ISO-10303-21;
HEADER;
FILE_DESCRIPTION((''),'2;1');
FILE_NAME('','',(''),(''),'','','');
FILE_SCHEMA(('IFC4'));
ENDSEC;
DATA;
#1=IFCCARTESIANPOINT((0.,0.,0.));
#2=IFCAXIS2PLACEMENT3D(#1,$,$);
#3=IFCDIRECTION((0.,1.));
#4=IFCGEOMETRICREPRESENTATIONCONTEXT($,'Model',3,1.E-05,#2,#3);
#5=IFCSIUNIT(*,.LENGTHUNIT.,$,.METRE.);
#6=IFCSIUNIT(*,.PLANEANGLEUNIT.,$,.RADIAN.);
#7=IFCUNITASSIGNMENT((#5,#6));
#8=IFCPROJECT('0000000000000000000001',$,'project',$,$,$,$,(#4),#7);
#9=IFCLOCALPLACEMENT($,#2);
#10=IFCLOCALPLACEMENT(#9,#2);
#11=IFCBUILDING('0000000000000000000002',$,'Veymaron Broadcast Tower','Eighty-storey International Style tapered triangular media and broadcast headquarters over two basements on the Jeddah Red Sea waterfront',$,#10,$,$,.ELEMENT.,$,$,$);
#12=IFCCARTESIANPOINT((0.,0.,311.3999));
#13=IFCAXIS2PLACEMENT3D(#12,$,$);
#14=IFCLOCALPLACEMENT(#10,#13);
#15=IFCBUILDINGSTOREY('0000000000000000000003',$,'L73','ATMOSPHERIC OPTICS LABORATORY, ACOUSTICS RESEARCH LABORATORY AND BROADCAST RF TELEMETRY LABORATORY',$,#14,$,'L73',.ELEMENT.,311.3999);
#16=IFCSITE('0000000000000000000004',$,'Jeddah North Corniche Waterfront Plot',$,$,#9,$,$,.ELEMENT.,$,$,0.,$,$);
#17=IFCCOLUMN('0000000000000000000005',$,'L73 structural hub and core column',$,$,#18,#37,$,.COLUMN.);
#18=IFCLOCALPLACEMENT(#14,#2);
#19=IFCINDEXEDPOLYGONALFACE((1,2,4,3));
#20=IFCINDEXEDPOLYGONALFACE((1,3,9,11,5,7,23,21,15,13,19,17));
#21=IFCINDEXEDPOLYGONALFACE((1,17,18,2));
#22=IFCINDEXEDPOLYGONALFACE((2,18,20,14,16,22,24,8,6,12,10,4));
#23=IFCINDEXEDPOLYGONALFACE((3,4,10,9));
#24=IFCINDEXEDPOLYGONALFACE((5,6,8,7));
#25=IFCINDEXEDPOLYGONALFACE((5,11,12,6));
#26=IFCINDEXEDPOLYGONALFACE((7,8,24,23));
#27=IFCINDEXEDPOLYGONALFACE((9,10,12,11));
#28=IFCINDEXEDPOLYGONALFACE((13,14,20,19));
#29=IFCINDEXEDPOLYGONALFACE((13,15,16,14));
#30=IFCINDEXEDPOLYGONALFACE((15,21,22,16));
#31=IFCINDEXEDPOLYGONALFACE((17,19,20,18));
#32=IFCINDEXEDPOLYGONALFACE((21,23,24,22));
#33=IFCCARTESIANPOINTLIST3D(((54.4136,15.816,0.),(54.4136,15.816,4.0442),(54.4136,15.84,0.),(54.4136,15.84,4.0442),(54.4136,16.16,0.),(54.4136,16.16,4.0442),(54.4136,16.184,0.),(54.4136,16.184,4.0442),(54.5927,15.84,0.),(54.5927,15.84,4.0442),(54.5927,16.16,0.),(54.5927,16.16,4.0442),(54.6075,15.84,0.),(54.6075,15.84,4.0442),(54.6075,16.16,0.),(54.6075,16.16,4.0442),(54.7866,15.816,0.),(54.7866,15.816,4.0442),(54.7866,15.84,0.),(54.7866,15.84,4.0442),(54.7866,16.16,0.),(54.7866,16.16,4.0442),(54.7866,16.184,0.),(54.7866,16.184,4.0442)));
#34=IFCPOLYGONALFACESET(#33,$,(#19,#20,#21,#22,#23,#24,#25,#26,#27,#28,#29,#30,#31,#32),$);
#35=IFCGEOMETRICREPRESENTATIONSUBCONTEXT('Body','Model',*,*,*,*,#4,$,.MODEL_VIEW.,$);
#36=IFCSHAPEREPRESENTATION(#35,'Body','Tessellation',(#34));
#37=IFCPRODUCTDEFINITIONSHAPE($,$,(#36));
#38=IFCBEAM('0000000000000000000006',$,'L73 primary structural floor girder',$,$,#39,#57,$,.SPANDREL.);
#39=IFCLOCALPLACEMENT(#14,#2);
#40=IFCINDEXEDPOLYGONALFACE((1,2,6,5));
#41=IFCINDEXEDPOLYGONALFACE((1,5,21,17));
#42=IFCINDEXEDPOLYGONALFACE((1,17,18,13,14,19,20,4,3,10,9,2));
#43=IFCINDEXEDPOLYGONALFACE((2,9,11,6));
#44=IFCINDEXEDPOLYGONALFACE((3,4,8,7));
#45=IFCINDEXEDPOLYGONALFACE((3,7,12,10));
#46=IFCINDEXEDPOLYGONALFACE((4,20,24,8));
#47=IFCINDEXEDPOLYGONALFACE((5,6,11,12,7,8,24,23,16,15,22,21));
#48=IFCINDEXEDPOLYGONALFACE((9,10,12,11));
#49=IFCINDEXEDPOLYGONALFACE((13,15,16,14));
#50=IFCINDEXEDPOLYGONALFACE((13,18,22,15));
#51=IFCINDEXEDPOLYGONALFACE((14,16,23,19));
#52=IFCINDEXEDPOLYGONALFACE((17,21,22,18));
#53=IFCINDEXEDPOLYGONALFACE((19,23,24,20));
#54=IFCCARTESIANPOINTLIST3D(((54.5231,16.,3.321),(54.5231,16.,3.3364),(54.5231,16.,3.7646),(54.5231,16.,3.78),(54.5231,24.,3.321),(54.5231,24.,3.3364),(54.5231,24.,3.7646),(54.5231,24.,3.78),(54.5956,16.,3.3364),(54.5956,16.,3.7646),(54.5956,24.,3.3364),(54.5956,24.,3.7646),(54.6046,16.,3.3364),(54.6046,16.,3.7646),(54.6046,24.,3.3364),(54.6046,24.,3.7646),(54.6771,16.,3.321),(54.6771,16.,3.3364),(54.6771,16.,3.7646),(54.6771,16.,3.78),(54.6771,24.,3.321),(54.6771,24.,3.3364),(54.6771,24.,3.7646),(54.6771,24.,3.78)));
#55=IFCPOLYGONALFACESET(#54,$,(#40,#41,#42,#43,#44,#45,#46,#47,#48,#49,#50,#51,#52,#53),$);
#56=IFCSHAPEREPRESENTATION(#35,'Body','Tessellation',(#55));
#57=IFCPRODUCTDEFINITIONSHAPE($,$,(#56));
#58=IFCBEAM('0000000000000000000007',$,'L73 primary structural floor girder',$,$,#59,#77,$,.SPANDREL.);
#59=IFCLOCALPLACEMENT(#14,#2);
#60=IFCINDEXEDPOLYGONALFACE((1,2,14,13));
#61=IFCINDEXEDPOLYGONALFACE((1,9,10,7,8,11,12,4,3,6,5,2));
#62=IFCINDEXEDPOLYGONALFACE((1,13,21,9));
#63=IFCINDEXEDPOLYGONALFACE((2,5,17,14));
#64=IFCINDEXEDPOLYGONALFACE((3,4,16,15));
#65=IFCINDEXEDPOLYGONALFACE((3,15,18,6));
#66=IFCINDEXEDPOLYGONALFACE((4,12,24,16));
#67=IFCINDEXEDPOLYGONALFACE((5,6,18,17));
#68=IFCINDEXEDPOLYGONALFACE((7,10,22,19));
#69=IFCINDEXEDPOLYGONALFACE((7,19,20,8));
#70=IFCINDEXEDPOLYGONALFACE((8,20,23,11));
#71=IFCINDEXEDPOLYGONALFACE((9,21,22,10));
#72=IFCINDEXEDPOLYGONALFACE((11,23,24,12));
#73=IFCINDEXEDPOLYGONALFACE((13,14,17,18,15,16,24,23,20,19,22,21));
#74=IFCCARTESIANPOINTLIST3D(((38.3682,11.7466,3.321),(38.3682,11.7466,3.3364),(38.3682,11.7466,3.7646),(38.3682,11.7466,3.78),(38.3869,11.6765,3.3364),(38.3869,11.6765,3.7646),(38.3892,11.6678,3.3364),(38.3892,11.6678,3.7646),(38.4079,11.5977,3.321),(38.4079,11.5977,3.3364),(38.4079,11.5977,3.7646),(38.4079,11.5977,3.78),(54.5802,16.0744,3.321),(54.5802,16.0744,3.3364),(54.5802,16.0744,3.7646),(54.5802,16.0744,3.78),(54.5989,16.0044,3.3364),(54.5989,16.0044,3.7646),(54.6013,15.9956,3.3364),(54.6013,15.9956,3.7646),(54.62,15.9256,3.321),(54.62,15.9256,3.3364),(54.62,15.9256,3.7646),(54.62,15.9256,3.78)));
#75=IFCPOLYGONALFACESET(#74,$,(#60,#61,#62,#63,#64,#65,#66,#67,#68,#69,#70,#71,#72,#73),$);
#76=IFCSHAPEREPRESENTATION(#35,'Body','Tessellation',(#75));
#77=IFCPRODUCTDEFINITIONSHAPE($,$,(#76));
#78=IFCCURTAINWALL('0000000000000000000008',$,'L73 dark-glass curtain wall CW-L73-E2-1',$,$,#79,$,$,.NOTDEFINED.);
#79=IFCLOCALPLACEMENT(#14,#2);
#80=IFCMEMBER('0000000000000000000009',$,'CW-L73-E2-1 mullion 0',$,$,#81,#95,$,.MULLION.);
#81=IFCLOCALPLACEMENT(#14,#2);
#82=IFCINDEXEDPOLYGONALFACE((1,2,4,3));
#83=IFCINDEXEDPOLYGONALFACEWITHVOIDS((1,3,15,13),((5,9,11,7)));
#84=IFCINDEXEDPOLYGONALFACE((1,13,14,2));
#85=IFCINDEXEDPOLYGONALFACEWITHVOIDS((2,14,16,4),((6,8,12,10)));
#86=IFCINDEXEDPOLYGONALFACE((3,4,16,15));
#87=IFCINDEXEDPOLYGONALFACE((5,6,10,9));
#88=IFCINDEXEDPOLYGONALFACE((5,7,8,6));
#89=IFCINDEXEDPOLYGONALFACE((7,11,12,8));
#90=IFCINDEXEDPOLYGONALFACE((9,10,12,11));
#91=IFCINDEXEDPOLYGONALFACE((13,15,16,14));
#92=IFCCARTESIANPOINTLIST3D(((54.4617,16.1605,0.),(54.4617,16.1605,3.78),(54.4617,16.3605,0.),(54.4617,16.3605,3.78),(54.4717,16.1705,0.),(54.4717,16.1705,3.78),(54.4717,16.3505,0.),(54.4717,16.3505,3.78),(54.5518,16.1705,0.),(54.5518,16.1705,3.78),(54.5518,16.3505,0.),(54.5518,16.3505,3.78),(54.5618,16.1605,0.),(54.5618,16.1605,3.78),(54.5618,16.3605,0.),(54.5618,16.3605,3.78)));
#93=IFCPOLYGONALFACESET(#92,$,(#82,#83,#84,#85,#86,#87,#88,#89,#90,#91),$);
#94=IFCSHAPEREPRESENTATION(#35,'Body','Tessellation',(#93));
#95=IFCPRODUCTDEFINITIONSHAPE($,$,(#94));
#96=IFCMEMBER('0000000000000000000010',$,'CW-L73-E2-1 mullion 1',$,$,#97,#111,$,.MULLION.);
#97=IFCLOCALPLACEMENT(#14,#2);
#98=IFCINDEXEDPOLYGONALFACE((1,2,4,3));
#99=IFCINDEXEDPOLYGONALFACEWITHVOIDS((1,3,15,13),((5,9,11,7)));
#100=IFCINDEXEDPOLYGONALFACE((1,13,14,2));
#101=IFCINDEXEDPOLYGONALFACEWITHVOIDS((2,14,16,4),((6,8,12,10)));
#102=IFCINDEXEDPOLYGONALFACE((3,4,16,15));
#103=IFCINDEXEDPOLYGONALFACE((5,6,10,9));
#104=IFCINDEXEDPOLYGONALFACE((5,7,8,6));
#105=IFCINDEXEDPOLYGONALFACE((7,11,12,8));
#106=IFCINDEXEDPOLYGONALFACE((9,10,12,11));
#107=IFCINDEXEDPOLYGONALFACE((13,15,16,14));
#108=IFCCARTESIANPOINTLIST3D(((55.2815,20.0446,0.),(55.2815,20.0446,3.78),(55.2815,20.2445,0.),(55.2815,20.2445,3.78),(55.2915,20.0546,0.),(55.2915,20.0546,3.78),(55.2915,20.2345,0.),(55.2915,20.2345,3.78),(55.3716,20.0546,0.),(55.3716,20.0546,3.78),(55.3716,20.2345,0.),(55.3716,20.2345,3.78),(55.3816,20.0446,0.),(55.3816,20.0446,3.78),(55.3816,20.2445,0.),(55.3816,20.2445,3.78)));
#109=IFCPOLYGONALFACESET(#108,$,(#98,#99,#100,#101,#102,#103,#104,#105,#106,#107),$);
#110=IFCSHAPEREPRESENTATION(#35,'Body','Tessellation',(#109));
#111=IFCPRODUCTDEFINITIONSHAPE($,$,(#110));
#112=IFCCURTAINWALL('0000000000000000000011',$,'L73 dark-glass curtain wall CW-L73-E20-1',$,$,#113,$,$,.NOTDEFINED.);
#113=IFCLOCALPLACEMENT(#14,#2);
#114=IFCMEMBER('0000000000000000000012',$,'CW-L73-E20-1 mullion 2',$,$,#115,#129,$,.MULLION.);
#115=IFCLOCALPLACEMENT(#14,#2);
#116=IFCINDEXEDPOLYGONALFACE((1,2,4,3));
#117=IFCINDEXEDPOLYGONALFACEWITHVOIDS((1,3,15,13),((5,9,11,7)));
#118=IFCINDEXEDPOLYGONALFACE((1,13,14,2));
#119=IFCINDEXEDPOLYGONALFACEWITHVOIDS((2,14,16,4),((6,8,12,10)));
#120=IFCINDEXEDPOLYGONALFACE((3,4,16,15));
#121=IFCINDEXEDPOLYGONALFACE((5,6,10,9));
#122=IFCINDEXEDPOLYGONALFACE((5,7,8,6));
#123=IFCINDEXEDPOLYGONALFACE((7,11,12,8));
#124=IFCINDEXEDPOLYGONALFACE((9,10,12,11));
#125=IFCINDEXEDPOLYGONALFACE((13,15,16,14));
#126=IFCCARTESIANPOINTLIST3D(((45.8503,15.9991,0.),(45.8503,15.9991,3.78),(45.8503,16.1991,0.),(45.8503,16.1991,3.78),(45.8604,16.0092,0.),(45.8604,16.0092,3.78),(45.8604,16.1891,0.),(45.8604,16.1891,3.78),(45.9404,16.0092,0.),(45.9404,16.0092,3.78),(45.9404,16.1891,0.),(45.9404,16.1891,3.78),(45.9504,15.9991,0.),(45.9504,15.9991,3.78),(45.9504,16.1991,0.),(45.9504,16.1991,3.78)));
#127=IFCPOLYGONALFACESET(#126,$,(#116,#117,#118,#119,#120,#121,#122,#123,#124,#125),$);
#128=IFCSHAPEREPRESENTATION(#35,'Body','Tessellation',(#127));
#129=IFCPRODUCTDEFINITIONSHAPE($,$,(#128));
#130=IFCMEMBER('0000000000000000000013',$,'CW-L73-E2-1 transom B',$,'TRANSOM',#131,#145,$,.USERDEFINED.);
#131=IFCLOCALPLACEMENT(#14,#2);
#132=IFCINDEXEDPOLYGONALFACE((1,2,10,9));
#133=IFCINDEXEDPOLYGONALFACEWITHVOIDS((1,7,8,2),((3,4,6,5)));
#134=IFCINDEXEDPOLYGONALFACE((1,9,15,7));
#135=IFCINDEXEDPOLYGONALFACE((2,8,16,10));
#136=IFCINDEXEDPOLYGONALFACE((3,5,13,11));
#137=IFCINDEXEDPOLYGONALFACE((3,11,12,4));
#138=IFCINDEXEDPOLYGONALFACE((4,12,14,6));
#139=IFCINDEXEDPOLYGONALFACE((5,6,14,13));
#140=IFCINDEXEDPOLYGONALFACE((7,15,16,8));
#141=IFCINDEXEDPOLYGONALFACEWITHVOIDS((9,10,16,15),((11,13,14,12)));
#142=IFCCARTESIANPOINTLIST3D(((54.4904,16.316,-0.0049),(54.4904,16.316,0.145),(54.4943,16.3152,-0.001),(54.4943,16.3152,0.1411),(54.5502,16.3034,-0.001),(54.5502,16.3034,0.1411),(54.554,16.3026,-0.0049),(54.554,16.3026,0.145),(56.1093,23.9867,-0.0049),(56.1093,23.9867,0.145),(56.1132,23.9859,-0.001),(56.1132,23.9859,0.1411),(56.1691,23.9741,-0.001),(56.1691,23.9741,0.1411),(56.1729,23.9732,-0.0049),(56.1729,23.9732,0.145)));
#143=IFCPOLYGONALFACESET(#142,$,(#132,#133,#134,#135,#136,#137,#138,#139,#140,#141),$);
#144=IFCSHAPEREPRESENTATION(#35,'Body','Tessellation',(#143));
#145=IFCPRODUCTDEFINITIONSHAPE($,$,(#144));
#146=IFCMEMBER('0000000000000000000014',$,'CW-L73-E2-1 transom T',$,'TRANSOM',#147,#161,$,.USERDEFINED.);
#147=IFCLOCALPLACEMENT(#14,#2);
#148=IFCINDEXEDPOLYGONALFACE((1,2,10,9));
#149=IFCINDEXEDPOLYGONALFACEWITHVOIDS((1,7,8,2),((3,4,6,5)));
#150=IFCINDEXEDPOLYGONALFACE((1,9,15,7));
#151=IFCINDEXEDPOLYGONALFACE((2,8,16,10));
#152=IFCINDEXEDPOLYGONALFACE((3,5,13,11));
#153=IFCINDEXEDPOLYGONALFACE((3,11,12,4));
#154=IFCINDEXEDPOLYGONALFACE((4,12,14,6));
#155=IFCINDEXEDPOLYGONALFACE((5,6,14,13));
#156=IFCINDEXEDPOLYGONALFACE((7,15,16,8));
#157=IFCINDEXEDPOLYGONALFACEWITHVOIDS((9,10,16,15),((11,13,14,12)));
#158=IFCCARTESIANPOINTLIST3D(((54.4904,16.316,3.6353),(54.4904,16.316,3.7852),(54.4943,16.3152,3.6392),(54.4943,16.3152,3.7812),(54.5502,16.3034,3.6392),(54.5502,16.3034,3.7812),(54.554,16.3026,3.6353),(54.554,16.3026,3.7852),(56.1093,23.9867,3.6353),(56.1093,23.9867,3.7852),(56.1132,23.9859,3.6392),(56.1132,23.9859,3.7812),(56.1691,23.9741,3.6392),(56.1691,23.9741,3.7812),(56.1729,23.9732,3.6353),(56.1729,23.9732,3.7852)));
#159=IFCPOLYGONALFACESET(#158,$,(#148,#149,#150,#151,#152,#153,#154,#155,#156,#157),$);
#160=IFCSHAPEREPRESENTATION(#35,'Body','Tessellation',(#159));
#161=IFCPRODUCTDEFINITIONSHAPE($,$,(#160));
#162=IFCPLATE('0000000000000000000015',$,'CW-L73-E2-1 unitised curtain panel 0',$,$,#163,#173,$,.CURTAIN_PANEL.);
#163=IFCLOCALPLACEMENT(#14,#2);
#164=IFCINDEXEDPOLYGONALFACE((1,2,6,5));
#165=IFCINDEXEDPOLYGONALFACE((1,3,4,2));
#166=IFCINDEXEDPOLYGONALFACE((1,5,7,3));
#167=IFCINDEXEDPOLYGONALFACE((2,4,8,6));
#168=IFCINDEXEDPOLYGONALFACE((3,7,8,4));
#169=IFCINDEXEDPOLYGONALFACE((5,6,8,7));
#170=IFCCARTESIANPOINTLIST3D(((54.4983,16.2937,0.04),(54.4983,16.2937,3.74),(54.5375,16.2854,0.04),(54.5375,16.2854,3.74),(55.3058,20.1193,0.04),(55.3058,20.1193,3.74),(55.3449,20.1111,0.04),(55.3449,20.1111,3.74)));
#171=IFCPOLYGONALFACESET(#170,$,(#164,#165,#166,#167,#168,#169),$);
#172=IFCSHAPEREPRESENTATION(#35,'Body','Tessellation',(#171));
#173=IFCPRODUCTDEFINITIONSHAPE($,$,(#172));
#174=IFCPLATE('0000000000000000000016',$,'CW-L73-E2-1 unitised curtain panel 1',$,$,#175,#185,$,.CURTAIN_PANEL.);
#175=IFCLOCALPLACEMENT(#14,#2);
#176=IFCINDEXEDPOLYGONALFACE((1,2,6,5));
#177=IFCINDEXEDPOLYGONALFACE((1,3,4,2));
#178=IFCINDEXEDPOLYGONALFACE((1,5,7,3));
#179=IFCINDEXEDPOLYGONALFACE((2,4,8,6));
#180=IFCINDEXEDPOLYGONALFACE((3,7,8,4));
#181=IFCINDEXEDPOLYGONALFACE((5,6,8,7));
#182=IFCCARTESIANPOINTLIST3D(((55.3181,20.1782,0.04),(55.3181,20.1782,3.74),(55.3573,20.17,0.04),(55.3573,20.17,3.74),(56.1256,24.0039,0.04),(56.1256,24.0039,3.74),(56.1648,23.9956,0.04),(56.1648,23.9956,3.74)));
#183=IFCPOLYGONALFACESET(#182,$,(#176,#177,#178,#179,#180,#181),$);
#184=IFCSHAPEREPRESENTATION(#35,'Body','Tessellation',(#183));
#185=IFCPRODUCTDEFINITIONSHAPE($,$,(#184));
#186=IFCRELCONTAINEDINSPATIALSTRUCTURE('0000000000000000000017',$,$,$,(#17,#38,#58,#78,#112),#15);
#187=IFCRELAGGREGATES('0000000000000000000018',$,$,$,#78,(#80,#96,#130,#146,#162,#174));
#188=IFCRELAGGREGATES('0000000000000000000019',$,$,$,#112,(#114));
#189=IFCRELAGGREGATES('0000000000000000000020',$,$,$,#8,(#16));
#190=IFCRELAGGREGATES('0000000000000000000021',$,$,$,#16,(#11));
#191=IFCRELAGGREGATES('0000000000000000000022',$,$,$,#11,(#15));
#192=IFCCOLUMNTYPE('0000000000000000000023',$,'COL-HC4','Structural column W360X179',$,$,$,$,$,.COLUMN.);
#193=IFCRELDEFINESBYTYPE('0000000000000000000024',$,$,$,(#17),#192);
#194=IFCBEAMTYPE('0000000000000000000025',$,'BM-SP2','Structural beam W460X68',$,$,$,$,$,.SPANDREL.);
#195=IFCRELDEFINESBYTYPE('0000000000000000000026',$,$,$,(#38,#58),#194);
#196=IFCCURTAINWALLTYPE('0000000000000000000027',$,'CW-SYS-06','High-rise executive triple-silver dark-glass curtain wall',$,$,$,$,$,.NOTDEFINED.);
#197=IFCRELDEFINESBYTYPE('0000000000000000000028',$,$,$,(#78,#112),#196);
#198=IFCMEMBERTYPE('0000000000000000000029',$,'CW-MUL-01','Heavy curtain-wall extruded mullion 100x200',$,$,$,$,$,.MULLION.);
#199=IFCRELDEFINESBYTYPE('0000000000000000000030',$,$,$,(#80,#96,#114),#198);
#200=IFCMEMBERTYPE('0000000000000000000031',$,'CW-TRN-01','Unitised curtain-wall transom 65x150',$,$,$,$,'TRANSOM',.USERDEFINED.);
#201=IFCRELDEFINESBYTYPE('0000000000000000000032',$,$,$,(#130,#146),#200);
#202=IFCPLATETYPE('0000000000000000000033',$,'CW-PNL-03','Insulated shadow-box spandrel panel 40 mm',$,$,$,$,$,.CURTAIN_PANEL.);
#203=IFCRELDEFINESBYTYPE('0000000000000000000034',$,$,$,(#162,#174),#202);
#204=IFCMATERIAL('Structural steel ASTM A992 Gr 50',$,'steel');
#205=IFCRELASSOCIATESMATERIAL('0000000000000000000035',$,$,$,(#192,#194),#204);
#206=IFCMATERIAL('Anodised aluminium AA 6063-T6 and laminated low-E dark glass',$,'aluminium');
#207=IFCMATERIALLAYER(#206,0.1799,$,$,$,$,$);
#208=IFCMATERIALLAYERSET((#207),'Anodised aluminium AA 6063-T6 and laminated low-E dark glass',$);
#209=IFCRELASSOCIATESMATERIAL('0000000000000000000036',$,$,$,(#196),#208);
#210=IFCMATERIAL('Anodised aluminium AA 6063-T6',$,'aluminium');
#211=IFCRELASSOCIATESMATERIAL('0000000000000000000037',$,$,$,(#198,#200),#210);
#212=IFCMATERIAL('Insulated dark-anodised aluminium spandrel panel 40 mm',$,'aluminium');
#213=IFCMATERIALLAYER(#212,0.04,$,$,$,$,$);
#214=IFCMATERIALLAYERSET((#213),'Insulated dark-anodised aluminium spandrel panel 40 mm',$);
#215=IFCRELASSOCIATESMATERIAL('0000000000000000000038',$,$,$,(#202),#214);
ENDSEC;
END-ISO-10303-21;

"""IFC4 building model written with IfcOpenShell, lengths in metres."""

from ifc_helpers import new_model, si_unit, direction, frame, origin, origin_2d, place, context, subcontext, project, spatial, rectangle, hollow_rectangle, i_section, extrude, material, layer, layer_set, material_profile, profile_set, type_object, element, aggregate, save


model = new_model("IFC4")

# Units and contexts
model_context = context("Model", 3, precision=1e-05, world=origin(), true_north=direction((0.0, 1.0)))
body_context = subcontext(model_context, "Body", "Model", "MODEL_VIEW")
ifc_project = project(units=[si_unit("LENGTHUNIT", "METRE"), si_unit("PLANEANGLEUNIT", "RADIAN")], contexts=[model_context])

# Site, building, storey
site_placement = place(None, origin())
site = spatial("IfcSite", under=ifc_project, at=site_placement, Name="Jeddah North Corniche Waterfront Plot", CompositionType="ELEMENT", RefElevation=0.0)
building_placement = place(site_placement, origin())
building = spatial("IfcBuilding", under=site, at=building_placement, Name="Veymaron Broadcast Tower", Description="Eighty-storey International Style tapered triangular media and broadcast headquarters over two basements on the Jeddah Red Sea waterfront", CompositionType="ELEMENT")
storey_placement = place(building_placement, frame((0.0, 0.0, 311.3999)))
storey = spatial("IfcBuildingStorey", under=building, at=storey_placement, Name="L73", Description="ATMOSPHERIC OPTICS LABORATORY, ACOUSTICS RESEARCH LABORATORY AND BROADCAST RF TELEMETRY LABORATORY", LongName="L73", CompositionType="ELEMENT", Elevation=311.3999)

# Column
ifc_material_1 = material(Name="Structural steel ASTM A992 Gr 50", Category="steel")
ifc_material_profile_1 = material_profile(ifc_material_1, i_section(OverallWidth=0.373, OverallDepth=0.3679, WebThickness=0.0149, FlangeThickness=0.0239, at=origin_2d()), Name="W360X179")
ifc_profile_set_1 = profile_set([ifc_material_profile_1], Name="Structural steel ASTM A992 Gr 50")
column_type = type_object("IfcColumnType", Name="COL-HC4", Description="Structural column W360X179", PredefinedType="COLUMN", material=ifc_profile_set_1)
column_placement = place(storey_placement, frame((54.6001, 16.0, 0.0), z_axis=(0.0, 0.0, 1.0), x_axis=(1.0, 0.0, 0.0)))
element("IfcColumn", 1, at=column_placement, inside=storey, type_object=column_type, Name="L73 structural hub and core column", PredefinedType="COLUMN", context=body_context, shape_type="SweptSolid", body=[
    extrude(i_section(OverallWidth=0.373, OverallDepth=0.3679, WebThickness=0.0149, FlangeThickness=0.0239, at=origin_2d()), origin(), (0.0, 0.0, 1.0), 4.0442),
])

# Beams
ifc_material_profile_2 = material_profile(ifc_material_1, i_section(OverallWidth=0.1541, OverallDepth=0.459, WebThickness=0.009, FlangeThickness=0.0154, at=origin_2d()), Name="W460X68")
ifc_profile_set_2 = profile_set([ifc_material_profile_2], Name="Structural steel ASTM A992 Gr 50")
beam_type = type_object("IfcBeamType", Name="BM-SP2", Description="Structural beam W460X68", PredefinedType="SPANDREL", material=ifc_profile_set_2)
beam_1_placement = place(storey_placement, frame((54.6001, 16.0, 3.5505), z_axis=(0.0, 1.0, 0.0), x_axis=(-1.0, 0.0, 0.0)))
element("IfcBeam", 2, at=beam_1_placement, inside=storey, type_object=beam_type, Name="L73 primary structural floor girder", PredefinedType="SPANDREL", context=body_context, shape_type="SweptSolid", body=[
    extrude(i_section(OverallWidth=0.1541, OverallDepth=0.459, WebThickness=0.009, FlangeThickness=0.0154, at=origin_2d()), origin(), (0.0, 0.0, 1.0), 8.0),
])
beam_2_placement = place(storey_placement, frame((54.6001, 16.0, 3.5505), z_axis=(-0.966166, -0.257921, 0.0), x_axis=(0.257921, -0.966166, 0.0)))
element("IfcBeam", 3, at=beam_2_placement, inside=storey, type_object=beam_type, Name="L73 primary structural floor girder", PredefinedType="SPANDREL", context=body_context, shape_type="SweptSolid", body=[
    extrude(i_section(OverallWidth=0.1541, OverallDepth=0.459, WebThickness=0.009, FlangeThickness=0.0154, at=origin_2d()), origin(), (0.0, 0.0, 1.0), 16.7798),
])

# Curtain wall, members
ifc_material_2 = material(Name="Anodised aluminium AA 6063-T6 and laminated low-E dark glass", Category="aluminium")
ifc_layer_1 = layer(ifc_material_2, 0.1799)
ifc_layer_set_1 = layer_set([ifc_layer_1], Name="Anodised aluminium AA 6063-T6 and laminated low-E dark glass")
curtain_wall_type = type_object("IfcCurtainWallType", Name="CW-SYS-06", Description="High-rise executive triple-silver dark-glass curtain wall", PredefinedType="NOTDEFINED", material=ifc_layer_set_1)
curtain_wall_1_placement = place(storey_placement, origin())
curtain_wall_1 = element("IfcCurtainWall", 4, at=curtain_wall_1_placement, inside=storey, type_object=curtain_wall_type, Name="L73 dark-glass curtain wall CW-L73-E2-1", PredefinedType="NOTDEFINED")
ifc_material_3 = material(Name="Anodised aluminium AA 6063-T6", Category="aluminium")
ifc_material_profile_3 = material_profile(ifc_material_3, hollow_rectangle(XDim=0.1001, YDim=0.2, WallThickness=0.01, at=origin_2d()), Name="RHS200X100X10")
ifc_profile_set_3 = profile_set([ifc_material_profile_3], Name="Anodised aluminium AA 6063-T6")
member_type_1 = type_object("IfcMemberType", Name="CW-MUL-01", Description="Heavy curtain-wall extruded mullion 100x200", PredefinedType="MULLION", material=ifc_profile_set_3)
member_1_placement = place(storey_placement, frame((54.5117, 16.2605, 0.0), z_axis=(0.0, 0.0, 1.0), x_axis=(1.0, 0.0, 0.0)))
member_1 = element("IfcMember", 5, at=member_1_placement, type_object=member_type_1, Name="CW-L73-E2-1 mullion 0", PredefinedType="MULLION", context=body_context, shape_type="SweptSolid", body=[
    extrude(hollow_rectangle(XDim=0.1001, YDim=0.2, WallThickness=0.01, at=origin_2d()), origin(), (0.0, 0.0, 1.0), 3.78),
])
member_2_placement = place(storey_placement, frame((55.3315, 20.1445, 0.0), z_axis=(0.0, 0.0, 1.0), x_axis=(1.0, 0.0, 0.0)))
member_2 = element("IfcMember", 6, at=member_2_placement, type_object=member_type_1, Name="CW-L73-E2-1 mullion 1", PredefinedType="MULLION", context=body_context, shape_type="SweptSolid", body=[
    extrude(hollow_rectangle(XDim=0.1001, YDim=0.2, WallThickness=0.01, at=origin_2d()), origin(), (0.0, 0.0, 1.0), 3.78),
])

# Curtain wall, member
curtain_wall_2_placement = place(storey_placement, origin())
curtain_wall_2 = element("IfcCurtainWall", 7, at=curtain_wall_2_placement, inside=storey, type_object=curtain_wall_type, Name="L73 dark-glass curtain wall CW-L73-E20-1", PredefinedType="NOTDEFINED")
member_3_placement = place(storey_placement, frame((45.9004, 16.0991, 0.0), z_axis=(0.0, 0.0, 1.0), x_axis=(1.0, 0.0, 0.0)))
member_3 = element("IfcMember", 8, at=member_3_placement, type_object=member_type_1, Name="CW-L73-E20-1 mullion 2", PredefinedType="MULLION", context=body_context, shape_type="SweptSolid", body=[
    extrude(hollow_rectangle(XDim=0.1001, YDim=0.2, WallThickness=0.01, at=origin_2d()), origin(), (0.0, 0.0, 1.0), 3.78),
])

# Members
ifc_material_profile_4 = material_profile(ifc_material_3, hollow_rectangle(XDim=0.0649, YDim=0.1499, WallThickness=0.0039, at=origin_2d()), Name="AL150X65X4")
ifc_profile_set_4 = profile_set([ifc_material_profile_4], Name="Anodised aluminium AA 6063-T6")
member_type_2 = type_object("IfcMemberType", Name="CW-TRN-01", Description="Unitised curtain-wall transom 65x150", ElementType="TRANSOM", PredefinedType="USERDEFINED", material=ifc_profile_set_4)
member_4_placement = place(storey_placement, frame((54.5222, 16.3093, 0.0701), z_axis=(0.206502, 0.978446, 0.0), x_axis=(-0.978446, 0.206502, 0.0)))
member_4 = element("IfcMember", 9, at=member_4_placement, type_object=member_type_2, Name="CW-L73-E2-1 transom B", ObjectType="TRANSOM", PredefinedType="USERDEFINED", context=body_context, shape_type="SweptSolid", body=[
    extrude(hollow_rectangle(XDim=0.0649, YDim=0.1499, WallThickness=0.0039, at=origin_2d()), origin(), (0.0, 0.0, 1.0), 7.8396),
])
member_5_placement = place(storey_placement, frame((54.5222, 16.3093, 3.7102), z_axis=(0.206502, 0.978446, 0.0), x_axis=(-0.978446, 0.206502, 0.0)))
member_5 = element("IfcMember", 10, at=member_5_placement, type_object=member_type_2, Name="CW-L73-E2-1 transom T", ObjectType="TRANSOM", PredefinedType="USERDEFINED", context=body_context, shape_type="SweptSolid", body=[
    extrude(hollow_rectangle(XDim=0.0649, YDim=0.1499, WallThickness=0.0039, at=origin_2d()), origin(), (0.0, 0.0, 1.0), 7.8396),
])

# Plates
ifc_material_4 = material(Name="Insulated dark-anodised aluminium spandrel panel 40 mm", Category="aluminium")
ifc_layer_2 = layer(ifc_material_4, 0.04)
ifc_layer_set_2 = layer_set([ifc_layer_2], Name="Insulated dark-anodised aluminium spandrel panel 40 mm")
plate_type = type_object("IfcPlateType", Name="CW-PNL-03", Description="Insulated shadow-box spandrel panel 40 mm", PredefinedType="CURTAIN_PANEL", material=ifc_layer_set_2)
plate_1_placement = place(storey_placement, frame((54.9216, 18.2024, 0.04), z_axis=(0.0, 0.0, 1.0), x_axis=(0.206512, 0.978444, 0.0)))
plate_1 = element("IfcPlate", 11, at=plate_1_placement, type_object=plate_type, Name="CW-L73-E2-1 unitised curtain panel 0", PredefinedType="CURTAIN_PANEL", context=body_context, shape_type="SweptSolid", body=[
    extrude(rectangle(XDim=3.9099, YDim=0.04, at=origin_2d()), origin(), (0.0, 0.0, 1.0), 3.7),
])
plate_2_placement = place(storey_placement, frame((55.7415, 22.0869, 0.04), z_axis=(0.0, 0.0, 1.0), x_axis=(0.206512, 0.978444, 0.0)))
plate_2 = element("IfcPlate", 12, at=plate_2_placement, type_object=plate_type, Name="CW-L73-E2-1 unitised curtain panel 1", PredefinedType="CURTAIN_PANEL", context=body_context, shape_type="SweptSolid", body=[
    extrude(rectangle(XDim=3.9099, YDim=0.04, at=origin_2d()), origin(), (0.0, 0.0, 1.0), 3.7),
])
aggregate(curtain_wall_1, [member_1, member_2, member_4, member_5, plate_1, plate_2])
aggregate(curtain_wall_2, [member_3])

save(model, "model.ifc")
